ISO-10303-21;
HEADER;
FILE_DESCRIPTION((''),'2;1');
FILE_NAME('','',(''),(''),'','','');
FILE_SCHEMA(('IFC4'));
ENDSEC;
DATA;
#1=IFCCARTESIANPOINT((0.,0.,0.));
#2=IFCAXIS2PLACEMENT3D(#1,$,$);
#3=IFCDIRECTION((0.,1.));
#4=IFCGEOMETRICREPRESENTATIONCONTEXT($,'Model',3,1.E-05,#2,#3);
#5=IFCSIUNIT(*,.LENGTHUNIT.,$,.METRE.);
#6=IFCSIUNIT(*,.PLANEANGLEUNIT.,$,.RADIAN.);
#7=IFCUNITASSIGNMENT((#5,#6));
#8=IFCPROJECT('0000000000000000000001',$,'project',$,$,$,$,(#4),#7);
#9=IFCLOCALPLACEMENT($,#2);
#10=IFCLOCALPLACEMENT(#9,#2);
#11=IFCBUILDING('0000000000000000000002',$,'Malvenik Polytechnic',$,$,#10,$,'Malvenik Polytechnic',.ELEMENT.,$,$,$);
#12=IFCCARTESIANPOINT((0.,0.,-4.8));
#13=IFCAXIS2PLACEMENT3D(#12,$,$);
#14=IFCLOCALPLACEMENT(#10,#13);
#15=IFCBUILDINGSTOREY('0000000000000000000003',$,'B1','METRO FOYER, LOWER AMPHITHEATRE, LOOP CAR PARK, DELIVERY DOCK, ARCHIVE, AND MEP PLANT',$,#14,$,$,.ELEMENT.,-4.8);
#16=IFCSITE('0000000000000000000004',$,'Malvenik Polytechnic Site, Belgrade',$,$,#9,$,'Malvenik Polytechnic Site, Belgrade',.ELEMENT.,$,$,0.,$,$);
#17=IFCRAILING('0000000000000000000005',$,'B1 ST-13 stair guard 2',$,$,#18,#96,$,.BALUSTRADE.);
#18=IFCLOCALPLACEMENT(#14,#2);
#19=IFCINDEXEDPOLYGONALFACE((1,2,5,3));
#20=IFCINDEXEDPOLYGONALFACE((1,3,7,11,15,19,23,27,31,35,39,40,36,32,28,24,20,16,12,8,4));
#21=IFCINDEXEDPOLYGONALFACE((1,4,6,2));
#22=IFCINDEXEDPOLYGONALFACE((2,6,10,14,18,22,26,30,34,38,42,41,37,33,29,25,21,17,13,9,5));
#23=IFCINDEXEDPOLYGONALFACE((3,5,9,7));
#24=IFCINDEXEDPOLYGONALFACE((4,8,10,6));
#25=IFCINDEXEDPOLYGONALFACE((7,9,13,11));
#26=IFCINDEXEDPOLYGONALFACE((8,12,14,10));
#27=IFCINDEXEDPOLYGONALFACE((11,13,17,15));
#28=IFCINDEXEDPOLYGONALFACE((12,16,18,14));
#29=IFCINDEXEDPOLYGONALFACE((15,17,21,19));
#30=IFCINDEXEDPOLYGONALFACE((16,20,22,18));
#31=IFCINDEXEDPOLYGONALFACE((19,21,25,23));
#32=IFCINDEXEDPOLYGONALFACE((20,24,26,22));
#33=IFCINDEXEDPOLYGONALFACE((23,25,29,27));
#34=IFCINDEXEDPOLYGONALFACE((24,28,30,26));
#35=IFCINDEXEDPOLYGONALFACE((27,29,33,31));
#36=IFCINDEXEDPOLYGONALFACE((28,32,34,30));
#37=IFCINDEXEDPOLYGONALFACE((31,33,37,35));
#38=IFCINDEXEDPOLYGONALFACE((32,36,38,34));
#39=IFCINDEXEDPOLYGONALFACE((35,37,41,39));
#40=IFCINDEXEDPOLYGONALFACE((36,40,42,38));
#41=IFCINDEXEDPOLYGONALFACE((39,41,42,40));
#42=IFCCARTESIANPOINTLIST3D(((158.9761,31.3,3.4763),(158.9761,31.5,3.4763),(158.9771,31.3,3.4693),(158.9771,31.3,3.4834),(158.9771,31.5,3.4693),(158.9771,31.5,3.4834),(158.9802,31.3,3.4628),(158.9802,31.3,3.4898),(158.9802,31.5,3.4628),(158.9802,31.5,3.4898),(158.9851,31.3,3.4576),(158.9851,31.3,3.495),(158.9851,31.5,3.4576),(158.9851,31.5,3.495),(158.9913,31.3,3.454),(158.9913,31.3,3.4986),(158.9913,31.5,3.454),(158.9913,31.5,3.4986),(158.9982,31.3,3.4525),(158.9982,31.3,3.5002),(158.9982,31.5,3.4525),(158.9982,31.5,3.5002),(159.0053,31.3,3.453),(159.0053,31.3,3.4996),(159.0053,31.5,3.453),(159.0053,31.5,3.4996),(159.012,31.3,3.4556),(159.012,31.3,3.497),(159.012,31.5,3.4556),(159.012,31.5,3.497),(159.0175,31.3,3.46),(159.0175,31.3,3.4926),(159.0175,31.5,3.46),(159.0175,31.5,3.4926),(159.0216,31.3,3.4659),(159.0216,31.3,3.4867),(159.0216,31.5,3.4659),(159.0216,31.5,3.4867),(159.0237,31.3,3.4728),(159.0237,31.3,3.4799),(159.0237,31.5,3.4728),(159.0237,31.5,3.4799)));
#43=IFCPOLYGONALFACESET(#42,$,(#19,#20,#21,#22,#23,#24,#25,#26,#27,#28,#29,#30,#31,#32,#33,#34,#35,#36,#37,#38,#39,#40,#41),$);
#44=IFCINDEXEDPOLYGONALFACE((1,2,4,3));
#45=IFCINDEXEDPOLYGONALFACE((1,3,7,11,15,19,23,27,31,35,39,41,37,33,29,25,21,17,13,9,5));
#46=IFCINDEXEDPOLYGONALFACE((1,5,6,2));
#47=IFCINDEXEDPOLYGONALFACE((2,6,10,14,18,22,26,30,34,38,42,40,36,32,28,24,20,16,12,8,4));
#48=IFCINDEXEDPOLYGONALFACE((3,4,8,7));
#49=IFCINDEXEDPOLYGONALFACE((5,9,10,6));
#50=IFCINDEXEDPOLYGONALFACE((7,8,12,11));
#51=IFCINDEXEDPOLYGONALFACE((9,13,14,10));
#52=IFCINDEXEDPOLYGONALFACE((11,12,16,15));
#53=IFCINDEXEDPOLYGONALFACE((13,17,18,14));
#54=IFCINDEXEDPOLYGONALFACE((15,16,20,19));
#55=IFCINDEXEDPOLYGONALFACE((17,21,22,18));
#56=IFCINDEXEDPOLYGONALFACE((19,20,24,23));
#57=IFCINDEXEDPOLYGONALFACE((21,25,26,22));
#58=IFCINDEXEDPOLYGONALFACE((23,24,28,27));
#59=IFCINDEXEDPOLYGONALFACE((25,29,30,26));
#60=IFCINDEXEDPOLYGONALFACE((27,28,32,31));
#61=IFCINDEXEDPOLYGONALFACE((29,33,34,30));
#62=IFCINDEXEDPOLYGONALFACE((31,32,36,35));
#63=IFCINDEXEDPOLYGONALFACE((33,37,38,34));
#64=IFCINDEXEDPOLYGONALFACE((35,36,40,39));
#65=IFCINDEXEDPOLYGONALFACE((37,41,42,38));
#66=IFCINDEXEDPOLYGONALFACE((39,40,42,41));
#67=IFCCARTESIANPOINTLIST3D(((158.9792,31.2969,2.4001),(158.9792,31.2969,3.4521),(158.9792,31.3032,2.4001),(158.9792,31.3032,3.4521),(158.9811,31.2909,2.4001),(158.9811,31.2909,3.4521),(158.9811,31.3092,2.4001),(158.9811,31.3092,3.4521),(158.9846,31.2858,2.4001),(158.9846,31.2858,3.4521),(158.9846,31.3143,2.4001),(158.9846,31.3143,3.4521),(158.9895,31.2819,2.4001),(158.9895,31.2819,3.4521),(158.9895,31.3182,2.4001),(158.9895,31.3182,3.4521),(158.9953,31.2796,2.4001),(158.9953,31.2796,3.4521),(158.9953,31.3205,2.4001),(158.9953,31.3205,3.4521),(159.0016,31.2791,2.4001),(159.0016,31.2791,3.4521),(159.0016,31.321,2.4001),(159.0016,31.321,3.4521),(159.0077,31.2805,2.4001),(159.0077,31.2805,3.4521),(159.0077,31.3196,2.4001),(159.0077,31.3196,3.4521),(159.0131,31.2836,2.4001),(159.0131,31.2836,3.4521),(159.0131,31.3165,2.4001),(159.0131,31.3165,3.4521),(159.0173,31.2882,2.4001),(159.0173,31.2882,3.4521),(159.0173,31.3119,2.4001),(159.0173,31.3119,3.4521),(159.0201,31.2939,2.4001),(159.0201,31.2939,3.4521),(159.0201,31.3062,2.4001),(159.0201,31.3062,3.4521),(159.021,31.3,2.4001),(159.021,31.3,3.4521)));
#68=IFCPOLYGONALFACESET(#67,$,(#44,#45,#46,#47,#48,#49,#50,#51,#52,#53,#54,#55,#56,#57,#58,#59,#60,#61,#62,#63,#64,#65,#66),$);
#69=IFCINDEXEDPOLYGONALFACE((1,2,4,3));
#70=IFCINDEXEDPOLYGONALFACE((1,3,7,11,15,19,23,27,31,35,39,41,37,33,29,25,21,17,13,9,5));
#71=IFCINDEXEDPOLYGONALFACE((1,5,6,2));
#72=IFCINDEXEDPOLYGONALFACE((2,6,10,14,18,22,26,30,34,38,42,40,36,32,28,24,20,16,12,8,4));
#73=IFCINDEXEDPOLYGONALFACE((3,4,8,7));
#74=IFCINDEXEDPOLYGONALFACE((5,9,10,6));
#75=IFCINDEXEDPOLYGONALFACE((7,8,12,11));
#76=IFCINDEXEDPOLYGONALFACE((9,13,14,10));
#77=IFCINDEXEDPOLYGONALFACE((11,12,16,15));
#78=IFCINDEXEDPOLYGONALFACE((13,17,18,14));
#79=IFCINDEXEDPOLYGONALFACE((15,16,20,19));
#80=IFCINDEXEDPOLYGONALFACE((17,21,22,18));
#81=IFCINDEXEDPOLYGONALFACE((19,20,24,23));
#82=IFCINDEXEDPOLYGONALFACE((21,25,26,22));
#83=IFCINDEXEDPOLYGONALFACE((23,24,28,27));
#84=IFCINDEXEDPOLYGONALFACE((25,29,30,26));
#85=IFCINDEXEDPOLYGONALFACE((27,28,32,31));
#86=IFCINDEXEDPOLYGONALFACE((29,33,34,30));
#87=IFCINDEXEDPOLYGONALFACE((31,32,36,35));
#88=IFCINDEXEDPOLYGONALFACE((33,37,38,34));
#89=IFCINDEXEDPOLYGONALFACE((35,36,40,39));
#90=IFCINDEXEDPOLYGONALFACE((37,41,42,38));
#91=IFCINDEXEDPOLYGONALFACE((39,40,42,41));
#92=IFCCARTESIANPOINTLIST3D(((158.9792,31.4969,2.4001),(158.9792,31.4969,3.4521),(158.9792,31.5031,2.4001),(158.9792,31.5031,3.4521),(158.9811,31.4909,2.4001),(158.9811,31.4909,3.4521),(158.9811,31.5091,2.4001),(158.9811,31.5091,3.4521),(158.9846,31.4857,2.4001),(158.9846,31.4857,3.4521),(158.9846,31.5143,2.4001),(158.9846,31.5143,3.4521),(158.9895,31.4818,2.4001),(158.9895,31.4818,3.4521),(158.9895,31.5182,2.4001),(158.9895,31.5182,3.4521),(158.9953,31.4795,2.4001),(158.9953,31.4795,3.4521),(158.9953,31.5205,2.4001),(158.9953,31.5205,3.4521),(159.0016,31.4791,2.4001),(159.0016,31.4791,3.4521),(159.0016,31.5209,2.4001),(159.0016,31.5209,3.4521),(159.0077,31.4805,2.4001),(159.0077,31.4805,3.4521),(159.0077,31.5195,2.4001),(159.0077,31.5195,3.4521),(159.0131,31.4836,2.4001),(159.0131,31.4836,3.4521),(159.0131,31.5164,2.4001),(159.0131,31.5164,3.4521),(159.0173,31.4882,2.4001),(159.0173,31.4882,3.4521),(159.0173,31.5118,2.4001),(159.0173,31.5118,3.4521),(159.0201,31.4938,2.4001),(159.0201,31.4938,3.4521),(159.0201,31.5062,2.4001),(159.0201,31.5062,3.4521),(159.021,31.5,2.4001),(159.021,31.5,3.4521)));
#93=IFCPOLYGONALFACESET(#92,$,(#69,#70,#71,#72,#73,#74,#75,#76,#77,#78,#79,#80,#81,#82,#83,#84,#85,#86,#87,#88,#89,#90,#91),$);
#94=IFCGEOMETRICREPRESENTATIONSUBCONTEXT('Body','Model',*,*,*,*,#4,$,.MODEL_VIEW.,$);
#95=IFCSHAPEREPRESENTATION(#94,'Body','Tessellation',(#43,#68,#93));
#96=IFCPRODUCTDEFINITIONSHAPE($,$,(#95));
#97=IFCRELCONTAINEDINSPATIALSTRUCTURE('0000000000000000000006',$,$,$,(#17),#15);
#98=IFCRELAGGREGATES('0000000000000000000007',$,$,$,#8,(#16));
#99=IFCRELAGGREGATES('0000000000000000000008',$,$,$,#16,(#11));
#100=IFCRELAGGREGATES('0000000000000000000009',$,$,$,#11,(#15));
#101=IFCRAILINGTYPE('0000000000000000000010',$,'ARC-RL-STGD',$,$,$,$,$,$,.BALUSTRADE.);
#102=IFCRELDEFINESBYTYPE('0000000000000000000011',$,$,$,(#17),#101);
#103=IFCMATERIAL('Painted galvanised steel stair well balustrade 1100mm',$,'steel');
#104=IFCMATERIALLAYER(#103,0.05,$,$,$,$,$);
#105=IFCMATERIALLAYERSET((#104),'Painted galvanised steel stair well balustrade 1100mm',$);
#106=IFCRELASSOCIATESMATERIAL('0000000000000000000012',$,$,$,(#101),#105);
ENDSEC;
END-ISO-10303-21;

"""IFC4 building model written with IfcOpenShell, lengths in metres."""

from ifc_helpers import new_model, si_unit, direction, frame, origin, origin_2d, place, context, subcontext, project, spatial, circle, extrude, material, layer, layer_set, type_object, element, save


model = new_model("IFC4")

# Units and contexts
model_context = context("Model", 3, precision=1e-05, world=origin(), true_north=direction((0.0, 1.0)))
body_context = subcontext(model_context, "Body", "Model", "MODEL_VIEW")
ifc_project = project(units=[si_unit("LENGTHUNIT", "METRE"), si_unit("PLANEANGLEUNIT", "RADIAN")], contexts=[model_context])

# Site, building, storey
site_placement = place(None, origin())
site = spatial("IfcSite", under=ifc_project, at=site_placement, Name="Malvenik Polytechnic Site, Belgrade", LongName="Malvenik Polytechnic Site, Belgrade", CompositionType="ELEMENT", RefElevation=0.0)
building_placement = place(site_placement, origin())
building = spatial("IfcBuilding", under=site, at=building_placement, Name="Malvenik Polytechnic", LongName="Malvenik Polytechnic", CompositionType="ELEMENT")
storey_placement = place(building_placement, frame((0.0, 0.0, -4.8)))
storey = spatial("IfcBuildingStorey", under=building, at=storey_placement, Name="B1", Description="METRO FOYER, LOWER AMPHITHEATRE, LOOP CAR PARK, DELIVERY DOCK, ARCHIVE, AND MEP PLANT", CompositionType="ELEMENT", Elevation=-4.8)

# Railing
ifc_material_1 = material(Name="Painted galvanised steel stair well balustrade 1100mm", Category="steel")
ifc_layer_1 = layer(ifc_material_1, 0.05)
ifc_layer_set_1 = layer_set([ifc_layer_1], Name="Painted galvanised steel stair well balustrade 1100mm")
railing_type_1 = type_object("IfcRailingType", Name="ARC-RL-STGD", PredefinedType="BALUSTRADE", material=ifc_layer_set_1)
railing_1_placement = place(storey_placement, frame((159.0, 31.3, 2.4001)))
element("IfcRailing", 1, at=railing_1_placement, inside=storey, type_object=railing_type_1, Name="B1 ST-13 stair guard 2", PredefinedType="BALUSTRADE", context=body_context, shape_type="SweptSolid", body=[
    extrude(circle(Radius=0.0239, at=origin_2d()), frame((0.0, 0.0, 1.0762), z_axis=(0.0, 1.0, 0.0), x_axis=(-1.0, 0.0, 0.0)), (0.0, 0.0, 1.0), 0.2),
    extrude(circle(Radius=0.021, at=origin_2d()), origin(), (0.0, 0.0, 1.0), 1.052),
    extrude(circle(Radius=0.021, at=origin_2d()), frame((0.0, 0.2, 0.0)), (0.0, 0.0, 1.0), 1.052),
])

save(model, "model.ifc")
